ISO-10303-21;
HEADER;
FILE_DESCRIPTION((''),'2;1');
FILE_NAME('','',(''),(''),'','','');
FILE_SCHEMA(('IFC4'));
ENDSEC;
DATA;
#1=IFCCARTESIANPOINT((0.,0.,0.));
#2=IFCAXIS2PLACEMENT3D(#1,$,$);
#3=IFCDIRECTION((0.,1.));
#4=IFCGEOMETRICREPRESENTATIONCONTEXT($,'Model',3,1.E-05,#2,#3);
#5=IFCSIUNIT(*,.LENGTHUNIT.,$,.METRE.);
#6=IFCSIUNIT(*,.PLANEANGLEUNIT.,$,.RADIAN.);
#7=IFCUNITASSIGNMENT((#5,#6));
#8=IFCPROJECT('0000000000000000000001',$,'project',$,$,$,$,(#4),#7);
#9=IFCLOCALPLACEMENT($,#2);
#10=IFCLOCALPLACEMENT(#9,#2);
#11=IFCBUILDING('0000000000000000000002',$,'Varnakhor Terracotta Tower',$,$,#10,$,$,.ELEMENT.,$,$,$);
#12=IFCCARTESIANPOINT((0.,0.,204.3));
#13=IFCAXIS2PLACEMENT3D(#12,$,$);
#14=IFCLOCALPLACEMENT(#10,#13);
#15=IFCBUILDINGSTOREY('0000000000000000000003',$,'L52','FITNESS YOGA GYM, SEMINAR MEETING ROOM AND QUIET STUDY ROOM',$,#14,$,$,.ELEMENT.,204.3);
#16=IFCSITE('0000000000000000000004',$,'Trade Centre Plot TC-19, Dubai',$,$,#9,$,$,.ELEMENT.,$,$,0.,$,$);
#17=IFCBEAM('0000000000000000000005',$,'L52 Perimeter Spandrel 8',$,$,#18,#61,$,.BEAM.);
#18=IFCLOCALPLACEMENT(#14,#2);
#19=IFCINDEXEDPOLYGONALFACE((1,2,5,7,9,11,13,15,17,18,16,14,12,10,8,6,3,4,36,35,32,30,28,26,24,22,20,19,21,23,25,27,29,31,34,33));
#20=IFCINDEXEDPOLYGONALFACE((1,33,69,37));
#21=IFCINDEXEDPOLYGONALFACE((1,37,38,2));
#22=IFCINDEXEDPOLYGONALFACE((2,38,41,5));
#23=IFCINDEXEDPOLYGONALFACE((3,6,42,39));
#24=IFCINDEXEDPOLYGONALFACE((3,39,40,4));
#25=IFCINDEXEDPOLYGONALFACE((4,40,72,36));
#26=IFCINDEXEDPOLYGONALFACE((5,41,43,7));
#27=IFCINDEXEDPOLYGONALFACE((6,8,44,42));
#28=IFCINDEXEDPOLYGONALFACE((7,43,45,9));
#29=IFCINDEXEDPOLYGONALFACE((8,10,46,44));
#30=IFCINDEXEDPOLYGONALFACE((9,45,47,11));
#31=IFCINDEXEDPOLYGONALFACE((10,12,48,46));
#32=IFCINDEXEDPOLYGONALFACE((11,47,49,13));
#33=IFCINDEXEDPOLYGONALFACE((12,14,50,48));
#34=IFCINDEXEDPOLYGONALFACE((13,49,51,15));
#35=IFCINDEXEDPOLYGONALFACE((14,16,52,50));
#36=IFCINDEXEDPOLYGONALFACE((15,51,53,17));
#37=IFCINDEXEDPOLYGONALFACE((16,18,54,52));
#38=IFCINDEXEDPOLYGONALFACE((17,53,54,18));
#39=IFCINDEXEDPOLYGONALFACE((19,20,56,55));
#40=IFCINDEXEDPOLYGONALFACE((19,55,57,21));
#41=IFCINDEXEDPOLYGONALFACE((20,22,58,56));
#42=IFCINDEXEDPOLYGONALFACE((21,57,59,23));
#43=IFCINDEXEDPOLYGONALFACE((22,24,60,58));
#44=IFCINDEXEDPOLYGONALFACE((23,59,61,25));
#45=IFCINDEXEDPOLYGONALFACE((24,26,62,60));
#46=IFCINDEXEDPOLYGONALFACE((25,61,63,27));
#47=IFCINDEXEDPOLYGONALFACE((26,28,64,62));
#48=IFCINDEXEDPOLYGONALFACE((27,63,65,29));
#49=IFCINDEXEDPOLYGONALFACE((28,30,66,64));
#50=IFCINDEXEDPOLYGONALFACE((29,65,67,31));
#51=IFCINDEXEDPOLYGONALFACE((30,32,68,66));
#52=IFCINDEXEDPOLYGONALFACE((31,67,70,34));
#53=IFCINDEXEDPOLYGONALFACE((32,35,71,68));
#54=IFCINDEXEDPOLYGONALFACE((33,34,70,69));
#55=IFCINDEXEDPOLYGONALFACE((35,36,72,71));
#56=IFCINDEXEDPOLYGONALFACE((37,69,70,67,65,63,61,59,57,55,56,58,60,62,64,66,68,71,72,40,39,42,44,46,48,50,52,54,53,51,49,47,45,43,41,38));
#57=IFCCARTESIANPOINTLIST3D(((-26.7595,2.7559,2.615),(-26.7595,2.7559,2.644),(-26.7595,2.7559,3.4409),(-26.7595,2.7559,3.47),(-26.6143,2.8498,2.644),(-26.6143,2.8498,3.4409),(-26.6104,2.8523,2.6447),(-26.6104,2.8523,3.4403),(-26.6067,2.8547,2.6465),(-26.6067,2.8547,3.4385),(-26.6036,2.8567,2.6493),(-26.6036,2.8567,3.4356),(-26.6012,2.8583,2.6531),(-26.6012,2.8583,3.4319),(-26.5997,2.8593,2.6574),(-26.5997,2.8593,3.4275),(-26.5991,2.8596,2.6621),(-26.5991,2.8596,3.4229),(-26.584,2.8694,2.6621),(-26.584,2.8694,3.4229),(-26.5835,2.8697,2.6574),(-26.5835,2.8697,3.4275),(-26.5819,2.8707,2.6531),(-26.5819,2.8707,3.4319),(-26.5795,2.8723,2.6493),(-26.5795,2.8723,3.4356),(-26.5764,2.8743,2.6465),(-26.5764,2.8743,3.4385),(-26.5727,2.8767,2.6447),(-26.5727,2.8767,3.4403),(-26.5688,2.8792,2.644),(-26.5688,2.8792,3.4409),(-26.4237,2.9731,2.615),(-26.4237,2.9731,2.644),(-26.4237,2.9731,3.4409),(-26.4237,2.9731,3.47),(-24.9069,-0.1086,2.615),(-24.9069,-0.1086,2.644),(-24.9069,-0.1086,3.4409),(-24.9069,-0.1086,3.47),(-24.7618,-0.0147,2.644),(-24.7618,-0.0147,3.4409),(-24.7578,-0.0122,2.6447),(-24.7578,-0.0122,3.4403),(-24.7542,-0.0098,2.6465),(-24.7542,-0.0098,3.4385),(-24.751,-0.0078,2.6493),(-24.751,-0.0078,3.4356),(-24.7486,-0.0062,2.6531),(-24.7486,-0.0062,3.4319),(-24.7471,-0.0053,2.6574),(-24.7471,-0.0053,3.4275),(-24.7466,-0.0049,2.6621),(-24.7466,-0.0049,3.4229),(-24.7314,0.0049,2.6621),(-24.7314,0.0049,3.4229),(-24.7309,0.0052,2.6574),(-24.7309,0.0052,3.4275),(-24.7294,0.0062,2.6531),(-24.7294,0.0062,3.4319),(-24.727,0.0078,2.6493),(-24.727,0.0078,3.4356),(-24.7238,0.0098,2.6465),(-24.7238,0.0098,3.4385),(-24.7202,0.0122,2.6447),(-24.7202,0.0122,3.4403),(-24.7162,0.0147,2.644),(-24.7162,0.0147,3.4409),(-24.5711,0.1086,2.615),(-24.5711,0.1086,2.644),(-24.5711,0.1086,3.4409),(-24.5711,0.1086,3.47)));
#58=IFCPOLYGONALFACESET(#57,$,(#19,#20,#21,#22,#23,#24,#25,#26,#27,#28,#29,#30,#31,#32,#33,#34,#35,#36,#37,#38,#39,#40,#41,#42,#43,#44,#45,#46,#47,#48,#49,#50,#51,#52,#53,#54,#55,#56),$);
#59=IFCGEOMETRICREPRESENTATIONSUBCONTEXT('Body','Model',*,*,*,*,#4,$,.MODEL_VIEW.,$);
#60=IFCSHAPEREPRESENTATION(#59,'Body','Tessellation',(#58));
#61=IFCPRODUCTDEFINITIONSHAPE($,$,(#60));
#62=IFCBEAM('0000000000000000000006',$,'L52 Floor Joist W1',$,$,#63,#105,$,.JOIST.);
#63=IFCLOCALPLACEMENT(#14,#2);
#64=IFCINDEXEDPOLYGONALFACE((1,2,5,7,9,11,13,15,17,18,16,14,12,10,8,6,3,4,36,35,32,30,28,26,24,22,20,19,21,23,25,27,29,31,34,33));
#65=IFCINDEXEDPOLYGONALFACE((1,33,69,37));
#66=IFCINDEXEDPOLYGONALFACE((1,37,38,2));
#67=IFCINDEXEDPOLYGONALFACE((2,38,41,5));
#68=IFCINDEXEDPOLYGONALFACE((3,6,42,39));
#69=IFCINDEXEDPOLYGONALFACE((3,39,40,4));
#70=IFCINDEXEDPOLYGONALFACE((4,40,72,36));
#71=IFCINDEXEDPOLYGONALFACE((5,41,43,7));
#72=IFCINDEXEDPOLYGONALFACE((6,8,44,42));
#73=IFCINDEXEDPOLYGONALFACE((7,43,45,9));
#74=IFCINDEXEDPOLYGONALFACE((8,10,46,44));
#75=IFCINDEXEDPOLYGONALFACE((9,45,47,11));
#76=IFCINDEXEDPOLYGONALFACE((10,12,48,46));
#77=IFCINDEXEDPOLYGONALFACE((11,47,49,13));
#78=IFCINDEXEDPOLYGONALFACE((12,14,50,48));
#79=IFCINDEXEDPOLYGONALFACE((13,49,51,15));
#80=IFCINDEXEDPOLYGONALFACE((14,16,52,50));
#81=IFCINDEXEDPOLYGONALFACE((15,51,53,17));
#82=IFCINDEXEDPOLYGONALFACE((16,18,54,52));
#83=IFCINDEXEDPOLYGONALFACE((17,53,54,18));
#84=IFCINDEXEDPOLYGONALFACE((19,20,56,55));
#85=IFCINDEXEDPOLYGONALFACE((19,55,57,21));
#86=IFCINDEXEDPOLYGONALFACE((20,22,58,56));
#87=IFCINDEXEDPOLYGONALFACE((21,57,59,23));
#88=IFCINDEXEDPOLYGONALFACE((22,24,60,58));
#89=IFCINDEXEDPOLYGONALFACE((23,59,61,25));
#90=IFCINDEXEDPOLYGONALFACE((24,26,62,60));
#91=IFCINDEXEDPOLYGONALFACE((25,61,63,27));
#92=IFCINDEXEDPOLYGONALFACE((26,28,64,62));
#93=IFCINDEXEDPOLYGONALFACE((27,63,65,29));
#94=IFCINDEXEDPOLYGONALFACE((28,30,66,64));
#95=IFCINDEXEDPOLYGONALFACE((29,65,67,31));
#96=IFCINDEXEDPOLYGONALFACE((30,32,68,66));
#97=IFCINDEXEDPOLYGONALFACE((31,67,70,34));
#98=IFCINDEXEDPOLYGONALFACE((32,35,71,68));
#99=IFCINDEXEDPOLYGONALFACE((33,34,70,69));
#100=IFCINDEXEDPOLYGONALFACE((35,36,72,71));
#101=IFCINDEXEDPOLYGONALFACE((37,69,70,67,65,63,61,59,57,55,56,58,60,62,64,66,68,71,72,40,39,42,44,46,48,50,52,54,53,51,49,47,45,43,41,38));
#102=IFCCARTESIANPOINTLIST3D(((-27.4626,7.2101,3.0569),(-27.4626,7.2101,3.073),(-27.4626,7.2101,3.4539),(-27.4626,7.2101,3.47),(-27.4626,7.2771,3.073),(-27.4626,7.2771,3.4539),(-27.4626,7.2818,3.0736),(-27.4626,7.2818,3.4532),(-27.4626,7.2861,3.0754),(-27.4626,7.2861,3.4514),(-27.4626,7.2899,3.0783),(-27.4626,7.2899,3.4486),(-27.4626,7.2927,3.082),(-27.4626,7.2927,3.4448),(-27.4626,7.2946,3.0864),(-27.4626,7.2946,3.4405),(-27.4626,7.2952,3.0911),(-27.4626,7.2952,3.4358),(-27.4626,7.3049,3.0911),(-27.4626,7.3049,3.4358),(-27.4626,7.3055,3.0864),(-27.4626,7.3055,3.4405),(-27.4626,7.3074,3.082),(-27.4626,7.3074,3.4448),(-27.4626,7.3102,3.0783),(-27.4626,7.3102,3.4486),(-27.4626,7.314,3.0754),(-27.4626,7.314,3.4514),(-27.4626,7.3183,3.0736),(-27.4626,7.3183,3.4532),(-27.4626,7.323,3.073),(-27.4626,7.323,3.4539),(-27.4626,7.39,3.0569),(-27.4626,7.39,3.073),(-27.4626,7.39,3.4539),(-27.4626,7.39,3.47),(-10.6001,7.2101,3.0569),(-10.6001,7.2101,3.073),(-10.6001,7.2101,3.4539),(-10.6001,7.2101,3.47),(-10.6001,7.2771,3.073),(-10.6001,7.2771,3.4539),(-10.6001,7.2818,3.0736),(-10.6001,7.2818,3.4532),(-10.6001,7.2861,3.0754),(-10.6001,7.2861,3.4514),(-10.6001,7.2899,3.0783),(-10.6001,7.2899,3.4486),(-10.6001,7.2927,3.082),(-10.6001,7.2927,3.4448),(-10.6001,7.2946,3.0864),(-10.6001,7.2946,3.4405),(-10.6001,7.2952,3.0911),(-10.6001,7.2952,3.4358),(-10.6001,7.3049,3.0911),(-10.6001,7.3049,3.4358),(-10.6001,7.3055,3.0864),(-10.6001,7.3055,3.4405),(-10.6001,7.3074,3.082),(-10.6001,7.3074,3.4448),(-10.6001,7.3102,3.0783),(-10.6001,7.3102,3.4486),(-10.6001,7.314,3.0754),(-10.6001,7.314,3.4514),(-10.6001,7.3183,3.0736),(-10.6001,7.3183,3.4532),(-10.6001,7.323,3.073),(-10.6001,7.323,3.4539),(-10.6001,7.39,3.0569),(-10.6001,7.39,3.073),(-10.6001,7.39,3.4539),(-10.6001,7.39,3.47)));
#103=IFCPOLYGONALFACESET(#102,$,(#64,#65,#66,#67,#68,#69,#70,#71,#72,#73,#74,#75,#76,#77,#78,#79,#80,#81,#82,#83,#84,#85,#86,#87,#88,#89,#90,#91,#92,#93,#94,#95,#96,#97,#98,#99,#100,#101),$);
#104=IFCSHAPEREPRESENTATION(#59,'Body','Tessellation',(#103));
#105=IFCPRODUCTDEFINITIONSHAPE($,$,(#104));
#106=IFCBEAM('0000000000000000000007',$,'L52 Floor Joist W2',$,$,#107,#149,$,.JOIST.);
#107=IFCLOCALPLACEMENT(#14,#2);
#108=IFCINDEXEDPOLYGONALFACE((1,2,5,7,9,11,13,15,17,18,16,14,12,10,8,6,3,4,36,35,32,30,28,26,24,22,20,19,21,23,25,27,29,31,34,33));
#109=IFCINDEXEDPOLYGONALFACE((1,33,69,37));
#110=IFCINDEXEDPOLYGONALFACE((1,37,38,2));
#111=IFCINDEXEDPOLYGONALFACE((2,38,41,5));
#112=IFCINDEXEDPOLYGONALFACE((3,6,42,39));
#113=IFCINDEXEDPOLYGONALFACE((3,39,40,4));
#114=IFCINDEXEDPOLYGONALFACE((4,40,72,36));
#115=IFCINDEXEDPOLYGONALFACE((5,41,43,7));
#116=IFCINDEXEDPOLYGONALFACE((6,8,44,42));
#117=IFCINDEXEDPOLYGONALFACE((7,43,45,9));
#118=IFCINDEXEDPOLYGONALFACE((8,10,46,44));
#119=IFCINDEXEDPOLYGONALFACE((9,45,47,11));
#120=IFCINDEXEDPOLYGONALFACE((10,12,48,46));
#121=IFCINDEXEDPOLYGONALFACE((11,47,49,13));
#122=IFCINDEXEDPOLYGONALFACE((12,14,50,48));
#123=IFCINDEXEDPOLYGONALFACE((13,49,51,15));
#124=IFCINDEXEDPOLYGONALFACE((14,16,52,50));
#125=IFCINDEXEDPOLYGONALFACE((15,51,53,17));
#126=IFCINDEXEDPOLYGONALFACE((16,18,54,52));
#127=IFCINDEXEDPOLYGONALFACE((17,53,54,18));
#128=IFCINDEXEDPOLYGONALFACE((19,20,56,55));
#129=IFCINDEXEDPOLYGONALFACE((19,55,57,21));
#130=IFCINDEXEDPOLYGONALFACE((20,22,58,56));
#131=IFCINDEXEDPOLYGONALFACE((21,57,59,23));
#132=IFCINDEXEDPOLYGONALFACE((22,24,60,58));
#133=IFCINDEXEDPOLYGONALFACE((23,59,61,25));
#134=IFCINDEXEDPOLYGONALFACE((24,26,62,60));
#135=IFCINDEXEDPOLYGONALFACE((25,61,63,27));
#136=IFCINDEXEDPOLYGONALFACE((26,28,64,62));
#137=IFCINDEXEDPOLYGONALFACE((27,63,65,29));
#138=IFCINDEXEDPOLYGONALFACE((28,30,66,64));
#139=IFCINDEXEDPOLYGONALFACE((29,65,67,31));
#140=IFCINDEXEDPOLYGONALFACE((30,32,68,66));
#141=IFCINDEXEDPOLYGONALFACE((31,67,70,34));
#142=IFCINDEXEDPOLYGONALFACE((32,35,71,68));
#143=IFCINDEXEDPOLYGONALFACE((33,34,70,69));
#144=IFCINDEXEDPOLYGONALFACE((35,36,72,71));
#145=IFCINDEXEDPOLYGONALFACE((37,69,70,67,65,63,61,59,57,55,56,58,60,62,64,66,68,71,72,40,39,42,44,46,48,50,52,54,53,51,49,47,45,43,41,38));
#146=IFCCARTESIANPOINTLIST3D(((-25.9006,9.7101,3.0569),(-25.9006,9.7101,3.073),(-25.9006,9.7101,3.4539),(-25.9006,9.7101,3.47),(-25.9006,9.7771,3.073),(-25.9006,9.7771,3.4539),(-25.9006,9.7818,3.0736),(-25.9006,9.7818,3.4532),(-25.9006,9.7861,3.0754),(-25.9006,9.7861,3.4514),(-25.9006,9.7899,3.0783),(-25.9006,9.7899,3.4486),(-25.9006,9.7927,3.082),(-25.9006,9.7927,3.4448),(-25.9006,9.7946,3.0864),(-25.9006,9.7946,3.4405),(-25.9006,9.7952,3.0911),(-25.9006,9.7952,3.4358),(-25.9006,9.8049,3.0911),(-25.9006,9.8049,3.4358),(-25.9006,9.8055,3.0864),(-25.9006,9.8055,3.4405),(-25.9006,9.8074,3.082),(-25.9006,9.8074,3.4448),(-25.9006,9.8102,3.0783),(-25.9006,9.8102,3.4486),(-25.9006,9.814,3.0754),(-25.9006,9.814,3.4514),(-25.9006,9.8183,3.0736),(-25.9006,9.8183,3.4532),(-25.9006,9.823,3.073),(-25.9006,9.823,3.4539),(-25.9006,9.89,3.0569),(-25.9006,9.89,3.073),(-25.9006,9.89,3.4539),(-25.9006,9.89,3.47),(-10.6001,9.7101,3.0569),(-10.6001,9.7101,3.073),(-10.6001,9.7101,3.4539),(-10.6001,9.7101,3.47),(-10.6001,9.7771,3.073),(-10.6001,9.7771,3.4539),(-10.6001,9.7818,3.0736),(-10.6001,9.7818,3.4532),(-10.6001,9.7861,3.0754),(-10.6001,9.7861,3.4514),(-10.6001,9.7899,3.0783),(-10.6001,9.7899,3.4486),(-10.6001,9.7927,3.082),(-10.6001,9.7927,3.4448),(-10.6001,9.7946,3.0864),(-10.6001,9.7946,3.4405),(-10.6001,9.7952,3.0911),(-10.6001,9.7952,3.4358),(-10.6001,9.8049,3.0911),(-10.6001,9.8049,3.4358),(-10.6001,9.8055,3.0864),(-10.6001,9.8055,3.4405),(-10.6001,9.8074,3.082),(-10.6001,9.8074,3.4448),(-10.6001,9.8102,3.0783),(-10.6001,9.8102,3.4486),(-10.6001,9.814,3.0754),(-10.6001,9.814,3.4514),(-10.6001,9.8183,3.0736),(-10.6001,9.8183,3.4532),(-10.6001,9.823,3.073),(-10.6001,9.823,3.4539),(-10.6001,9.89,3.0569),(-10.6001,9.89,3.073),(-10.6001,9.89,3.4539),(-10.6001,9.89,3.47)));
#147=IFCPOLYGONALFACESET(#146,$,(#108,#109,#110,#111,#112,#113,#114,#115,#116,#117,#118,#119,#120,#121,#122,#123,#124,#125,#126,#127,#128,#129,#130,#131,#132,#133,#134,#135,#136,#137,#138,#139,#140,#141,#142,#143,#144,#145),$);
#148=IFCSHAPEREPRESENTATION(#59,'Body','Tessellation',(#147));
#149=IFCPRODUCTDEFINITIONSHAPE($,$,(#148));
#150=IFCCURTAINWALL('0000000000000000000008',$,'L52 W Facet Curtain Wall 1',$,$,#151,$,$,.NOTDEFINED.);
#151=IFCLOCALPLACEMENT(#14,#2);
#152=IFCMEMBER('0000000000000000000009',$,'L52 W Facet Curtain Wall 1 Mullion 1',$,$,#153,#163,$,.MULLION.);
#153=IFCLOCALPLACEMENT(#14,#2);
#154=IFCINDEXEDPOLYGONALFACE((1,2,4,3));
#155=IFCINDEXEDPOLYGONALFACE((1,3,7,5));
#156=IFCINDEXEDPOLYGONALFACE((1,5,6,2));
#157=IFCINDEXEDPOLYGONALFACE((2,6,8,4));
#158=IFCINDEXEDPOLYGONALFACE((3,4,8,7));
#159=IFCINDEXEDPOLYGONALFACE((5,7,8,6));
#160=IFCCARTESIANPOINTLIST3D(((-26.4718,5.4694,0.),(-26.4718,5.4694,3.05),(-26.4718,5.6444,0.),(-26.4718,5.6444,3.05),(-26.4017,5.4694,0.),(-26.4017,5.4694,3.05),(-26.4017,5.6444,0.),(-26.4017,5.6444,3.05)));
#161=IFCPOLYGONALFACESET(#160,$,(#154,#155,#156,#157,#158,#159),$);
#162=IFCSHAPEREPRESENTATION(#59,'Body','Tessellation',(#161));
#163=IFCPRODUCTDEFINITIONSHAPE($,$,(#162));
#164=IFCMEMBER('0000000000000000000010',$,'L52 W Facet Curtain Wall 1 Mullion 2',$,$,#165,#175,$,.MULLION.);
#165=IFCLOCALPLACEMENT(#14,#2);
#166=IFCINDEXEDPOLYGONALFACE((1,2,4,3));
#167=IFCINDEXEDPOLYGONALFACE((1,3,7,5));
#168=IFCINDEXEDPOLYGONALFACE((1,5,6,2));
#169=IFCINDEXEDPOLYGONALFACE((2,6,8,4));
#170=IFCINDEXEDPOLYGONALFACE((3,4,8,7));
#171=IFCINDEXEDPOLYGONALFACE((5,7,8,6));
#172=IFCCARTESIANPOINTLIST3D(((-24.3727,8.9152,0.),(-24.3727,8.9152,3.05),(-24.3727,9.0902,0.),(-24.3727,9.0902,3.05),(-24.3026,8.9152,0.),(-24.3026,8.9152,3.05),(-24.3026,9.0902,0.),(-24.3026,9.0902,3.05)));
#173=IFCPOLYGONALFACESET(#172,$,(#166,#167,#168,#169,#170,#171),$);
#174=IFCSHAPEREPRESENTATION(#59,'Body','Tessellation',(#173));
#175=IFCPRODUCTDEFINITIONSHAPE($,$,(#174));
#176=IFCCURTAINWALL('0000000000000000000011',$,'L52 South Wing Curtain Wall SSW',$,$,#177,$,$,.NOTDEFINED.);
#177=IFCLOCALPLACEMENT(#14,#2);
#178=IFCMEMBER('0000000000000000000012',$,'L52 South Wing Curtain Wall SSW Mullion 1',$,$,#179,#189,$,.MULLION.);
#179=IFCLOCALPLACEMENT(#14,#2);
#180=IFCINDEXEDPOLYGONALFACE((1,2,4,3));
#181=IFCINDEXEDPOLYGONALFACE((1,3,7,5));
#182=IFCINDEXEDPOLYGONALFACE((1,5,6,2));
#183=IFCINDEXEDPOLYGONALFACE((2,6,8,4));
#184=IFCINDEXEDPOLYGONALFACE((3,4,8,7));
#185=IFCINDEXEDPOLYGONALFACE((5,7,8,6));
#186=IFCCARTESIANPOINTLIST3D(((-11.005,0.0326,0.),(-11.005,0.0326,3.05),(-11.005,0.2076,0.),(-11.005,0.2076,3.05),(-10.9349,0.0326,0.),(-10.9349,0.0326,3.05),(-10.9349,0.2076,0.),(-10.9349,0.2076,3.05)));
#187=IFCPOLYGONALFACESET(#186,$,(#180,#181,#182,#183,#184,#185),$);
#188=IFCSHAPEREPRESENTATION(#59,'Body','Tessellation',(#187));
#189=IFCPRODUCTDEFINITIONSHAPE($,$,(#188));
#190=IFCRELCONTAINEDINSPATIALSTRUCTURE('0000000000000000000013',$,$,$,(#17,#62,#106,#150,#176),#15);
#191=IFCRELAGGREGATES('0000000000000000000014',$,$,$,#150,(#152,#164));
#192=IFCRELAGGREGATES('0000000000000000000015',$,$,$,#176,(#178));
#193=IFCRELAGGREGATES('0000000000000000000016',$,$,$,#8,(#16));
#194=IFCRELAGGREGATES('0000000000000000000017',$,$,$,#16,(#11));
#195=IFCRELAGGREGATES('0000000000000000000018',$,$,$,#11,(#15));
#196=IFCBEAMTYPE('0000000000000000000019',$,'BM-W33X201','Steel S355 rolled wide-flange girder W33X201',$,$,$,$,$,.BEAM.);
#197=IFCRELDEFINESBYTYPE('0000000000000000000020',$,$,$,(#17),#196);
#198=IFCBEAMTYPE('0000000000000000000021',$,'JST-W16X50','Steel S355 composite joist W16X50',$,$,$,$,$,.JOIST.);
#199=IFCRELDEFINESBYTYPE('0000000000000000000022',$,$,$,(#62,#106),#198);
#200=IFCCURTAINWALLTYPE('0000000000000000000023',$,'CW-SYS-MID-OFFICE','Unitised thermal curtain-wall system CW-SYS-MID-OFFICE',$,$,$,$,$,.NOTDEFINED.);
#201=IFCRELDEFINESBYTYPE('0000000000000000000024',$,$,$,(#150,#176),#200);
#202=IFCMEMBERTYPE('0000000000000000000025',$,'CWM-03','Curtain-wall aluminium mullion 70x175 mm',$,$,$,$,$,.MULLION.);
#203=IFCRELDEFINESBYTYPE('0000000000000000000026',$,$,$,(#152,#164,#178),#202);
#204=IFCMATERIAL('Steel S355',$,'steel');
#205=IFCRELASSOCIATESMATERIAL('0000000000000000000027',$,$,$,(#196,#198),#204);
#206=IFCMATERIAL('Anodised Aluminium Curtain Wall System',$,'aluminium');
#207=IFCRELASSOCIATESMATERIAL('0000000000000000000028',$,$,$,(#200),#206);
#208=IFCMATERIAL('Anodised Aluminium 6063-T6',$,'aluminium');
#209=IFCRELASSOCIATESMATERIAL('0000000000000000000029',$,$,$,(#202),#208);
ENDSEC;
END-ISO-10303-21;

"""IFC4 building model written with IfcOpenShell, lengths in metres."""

from ifc_helpers import new_model, si_unit, direction, frame, origin, origin_2d, place, context, subcontext, project, spatial, rectangle, i_section, extrude, source, transform, mapped, material, material_profile, profile_set, type_object, element, aggregate, save


model = new_model("IFC4")

# Units and contexts
model_context = context("Model", 3, precision=1e-05, world=origin(), true_north=direction((0.0, 1.0)))
body_context = subcontext(model_context, "Body", "Model", "MODEL_VIEW")
ifc_project = project(units=[si_unit("LENGTHUNIT", "METRE"), si_unit("PLANEANGLEUNIT", "RADIAN")], contexts=[model_context])

# Site, building, storey
site_placement = place(None, origin())
site = spatial("IfcSite", under=ifc_project, at=site_placement, Name="Trade Centre Plot TC-19, Dubai", CompositionType="ELEMENT", RefElevation=0.0)
building_placement = place(site_placement, origin())
building = spatial("IfcBuilding", under=site, at=building_placement, Name="Varnakhor Terracotta Tower", CompositionType="ELEMENT")
storey_placement = place(building_placement, frame((0.0, 0.0, 204.3)))
storey = spatial("IfcBuildingStorey", under=building, at=storey_placement, Name="L52", Description="FITNESS YOGA GYM, SEMINAR MEETING ROOM AND QUIET STUDY ROOM", CompositionType="ELEMENT", Elevation=204.3)

# Beams
ifc_material_1 = material(Name="Steel S355", Category="steel")
ifc_material_profile_1 = material_profile(ifc_material_1, i_section(OverallWidth=0.3999, OverallDepth=0.855, WebThickness=0.0181, FlangeThickness=0.0291, FilletRadius=0.0181, at=origin_2d()), Name="W33X201")
ifc_profile_set_1 = profile_set([ifc_material_profile_1], Name="Steel S355")
beam_type_1 = type_object("IfcBeamType", Name="BM-W33X201", Description="Steel S355 rolled wide-flange girder W33X201", PredefinedType="BEAM", material=ifc_profile_set_1)
shared_shape_1 = source(origin(), body_context, "Body", "SweptSolid", [
    extrude(i_section(OverallWidth=0.3999, OverallDepth=0.855, WebThickness=0.0181, FlangeThickness=0.0291, FilletRadius=0.0181, at=origin_2d()), origin(), (0.0, 0.0, 1.0), 3.4114),
])
beam_1_placement = place(storey_placement, frame((-26.5916, 2.8645, 3.0425), z_axis=(0.543052, -0.839699, 0.0), x_axis=(0.839699, 0.543052, 0.0)))
element("IfcBeam", 1, at=beam_1_placement, inside=storey, type_object=beam_type_1, Name="L52 Perimeter Spandrel 8", PredefinedType="BEAM", context=body_context, shape_type="MappedRepresentation", body=[
    mapped(shared_shape_1, transform((0.0, 0.0, 0.0), scale=1.0)),
])
ifc_material_profile_2 = material_profile(ifc_material_1, i_section(OverallWidth=0.1799, OverallDepth=0.4131, WebThickness=0.0098, FlangeThickness=0.0161, FilletRadius=0.0181, at=origin_2d()), Name="W16X50")
ifc_profile_set_2 = profile_set([ifc_material_profile_2], Name="Steel S355")
beam_type_2 = type_object("IfcBeamType", Name="JST-W16X50", Description="Steel S355 composite joist W16X50", PredefinedType="JOIST", material=ifc_profile_set_2)
shared_shape_2 = source(origin(), body_context, "Body", "SweptSolid", [
    extrude(i_section(OverallWidth=0.1799, OverallDepth=0.4131, WebThickness=0.0098, FlangeThickness=0.0161, FilletRadius=0.0181, at=origin_2d()), origin(), (0.0, 0.0, 1.0), 16.8625),
])
beam_2_placement = place(storey_placement, frame((-27.4626, 7.3, 3.2634), z_axis=(1.0, 0.0, 0.0), x_axis=(0.0, 1.0, 0.0)))
element("IfcBeam", 2, at=beam_2_placement, inside=storey, type_object=beam_type_2, Name="L52 Floor Joist W1", PredefinedType="JOIST", context=body_context, shape_type="MappedRepresentation", body=[
    mapped(shared_shape_2, transform((0.0, 0.0, 0.0), scale=1.0)),
])
shared_shape_3 = source(origin(), body_context, "Body", "SweptSolid", [
    extrude(i_section(OverallWidth=0.1799, OverallDepth=0.4131, WebThickness=0.0098, FlangeThickness=0.0161, FilletRadius=0.0181, at=origin_2d()), origin(), (0.0, 0.0, 1.0), 15.3005),
])
beam_3_placement = place(storey_placement, frame((-25.9006, 9.8, 3.2634), z_axis=(1.0, 0.0, 0.0), x_axis=(0.0, 1.0, 0.0)))
element("IfcBeam", 3, at=beam_3_placement, inside=storey, type_object=beam_type_2, Name="L52 Floor Joist W2", PredefinedType="JOIST", context=body_context, shape_type="MappedRepresentation", body=[
    mapped(shared_shape_3, transform((0.0, 0.0, 0.0), scale=1.0)),
])

# Curtain walls, members
ifc_material_2 = material(Name="Anodised Aluminium Curtain Wall System", Category="aluminium")
curtain_wall_type = type_object("IfcCurtainWallType", Name="CW-SYS-MID-OFFICE", Description="Unitised thermal curtain-wall system CW-SYS-MID-OFFICE", PredefinedType="NOTDEFINED", material=ifc_material_2)
curtain_wall_1_placement = place(storey_placement, origin())
curtain_wall_1 = element("IfcCurtainWall", 4, at=curtain_wall_1_placement, inside=storey, type_object=curtain_wall_type, Name="L52 W Facet Curtain Wall 1", PredefinedType="NOTDEFINED")
ifc_material_3 = material(Name="Anodised Aluminium 6063-T6", Category="aluminium")
ifc_material_profile_3 = material_profile(ifc_material_3, rectangle(XDim=0.0701, YDim=0.175, at=origin_2d()), Name="ALU MULLION 70x175")
ifc_profile_set_3 = profile_set([ifc_material_profile_3], Name="Anodised Aluminium 6063-T6")
member_type_1 = type_object("IfcMemberType", Name="CWM-03", Description="Curtain-wall aluminium mullion 70x175 mm", PredefinedType="MULLION", material=ifc_profile_set_3)
shared_shape_4 = source(origin(), body_context, "Body", "SweptSolid", [
    extrude(rectangle(XDim=0.0701, YDim=0.175, at=origin_2d()), origin(), (0.0, 0.0, 1.0), 3.05),
])
member_1_placement = place(storey_placement, frame((-26.4368, 5.5569, 0.0), z_axis=(0.0, 0.0, 1.0), x_axis=(1.0, 0.0, 0.0)))
member_1 = element("IfcMember", 5, at=member_1_placement, type_object=member_type_1, Name="L52 W Facet Curtain Wall 1 Mullion 1", PredefinedType="MULLION", context=body_context, shape_type="MappedRepresentation", body=[
    mapped(shared_shape_4, transform((0.0, 0.0, 0.0), scale=1.0)),
])
member_2_placement = place(storey_placement, frame((-24.3376, 9.0027, 0.0), z_axis=(0.0, 0.0, 1.0), x_axis=(1.0, 0.0, 0.0)))
member_2 = element("IfcMember", 6, at=member_2_placement, type_object=member_type_1, Name="L52 W Facet Curtain Wall 1 Mullion 2", PredefinedType="MULLION", context=body_context, shape_type="MappedRepresentation", body=[
    mapped(shared_shape_4, transform((0.0, 0.0, 0.0), scale=1.0)),
])
curtain_wall_2_placement = place(storey_placement, origin())
curtain_wall_2 = element("IfcCurtainWall", 7, at=curtain_wall_2_placement, inside=storey, type_object=curtain_wall_type, Name="L52 South Wing Curtain Wall SSW", PredefinedType="NOTDEFINED")
member_3_placement = place(storey_placement, frame((-10.97, 0.1201, 0.0), z_axis=(0.0, 0.0, 1.0), x_axis=(1.0, 0.0, 0.0)))
member_3 = element("IfcMember", 8, at=member_3_placement, type_object=member_type_1, Name="L52 South Wing Curtain Wall SSW Mullion 1", PredefinedType="MULLION", context=body_context, shape_type="MappedRepresentation", body=[
    mapped(shared_shape_4, transform((0.0, 0.0, 0.0), scale=1.0)),
])

aggregate(curtain_wall_1, [member_1, member_2])
aggregate(curtain_wall_2, [member_3])

save(model, "model.ifc")
